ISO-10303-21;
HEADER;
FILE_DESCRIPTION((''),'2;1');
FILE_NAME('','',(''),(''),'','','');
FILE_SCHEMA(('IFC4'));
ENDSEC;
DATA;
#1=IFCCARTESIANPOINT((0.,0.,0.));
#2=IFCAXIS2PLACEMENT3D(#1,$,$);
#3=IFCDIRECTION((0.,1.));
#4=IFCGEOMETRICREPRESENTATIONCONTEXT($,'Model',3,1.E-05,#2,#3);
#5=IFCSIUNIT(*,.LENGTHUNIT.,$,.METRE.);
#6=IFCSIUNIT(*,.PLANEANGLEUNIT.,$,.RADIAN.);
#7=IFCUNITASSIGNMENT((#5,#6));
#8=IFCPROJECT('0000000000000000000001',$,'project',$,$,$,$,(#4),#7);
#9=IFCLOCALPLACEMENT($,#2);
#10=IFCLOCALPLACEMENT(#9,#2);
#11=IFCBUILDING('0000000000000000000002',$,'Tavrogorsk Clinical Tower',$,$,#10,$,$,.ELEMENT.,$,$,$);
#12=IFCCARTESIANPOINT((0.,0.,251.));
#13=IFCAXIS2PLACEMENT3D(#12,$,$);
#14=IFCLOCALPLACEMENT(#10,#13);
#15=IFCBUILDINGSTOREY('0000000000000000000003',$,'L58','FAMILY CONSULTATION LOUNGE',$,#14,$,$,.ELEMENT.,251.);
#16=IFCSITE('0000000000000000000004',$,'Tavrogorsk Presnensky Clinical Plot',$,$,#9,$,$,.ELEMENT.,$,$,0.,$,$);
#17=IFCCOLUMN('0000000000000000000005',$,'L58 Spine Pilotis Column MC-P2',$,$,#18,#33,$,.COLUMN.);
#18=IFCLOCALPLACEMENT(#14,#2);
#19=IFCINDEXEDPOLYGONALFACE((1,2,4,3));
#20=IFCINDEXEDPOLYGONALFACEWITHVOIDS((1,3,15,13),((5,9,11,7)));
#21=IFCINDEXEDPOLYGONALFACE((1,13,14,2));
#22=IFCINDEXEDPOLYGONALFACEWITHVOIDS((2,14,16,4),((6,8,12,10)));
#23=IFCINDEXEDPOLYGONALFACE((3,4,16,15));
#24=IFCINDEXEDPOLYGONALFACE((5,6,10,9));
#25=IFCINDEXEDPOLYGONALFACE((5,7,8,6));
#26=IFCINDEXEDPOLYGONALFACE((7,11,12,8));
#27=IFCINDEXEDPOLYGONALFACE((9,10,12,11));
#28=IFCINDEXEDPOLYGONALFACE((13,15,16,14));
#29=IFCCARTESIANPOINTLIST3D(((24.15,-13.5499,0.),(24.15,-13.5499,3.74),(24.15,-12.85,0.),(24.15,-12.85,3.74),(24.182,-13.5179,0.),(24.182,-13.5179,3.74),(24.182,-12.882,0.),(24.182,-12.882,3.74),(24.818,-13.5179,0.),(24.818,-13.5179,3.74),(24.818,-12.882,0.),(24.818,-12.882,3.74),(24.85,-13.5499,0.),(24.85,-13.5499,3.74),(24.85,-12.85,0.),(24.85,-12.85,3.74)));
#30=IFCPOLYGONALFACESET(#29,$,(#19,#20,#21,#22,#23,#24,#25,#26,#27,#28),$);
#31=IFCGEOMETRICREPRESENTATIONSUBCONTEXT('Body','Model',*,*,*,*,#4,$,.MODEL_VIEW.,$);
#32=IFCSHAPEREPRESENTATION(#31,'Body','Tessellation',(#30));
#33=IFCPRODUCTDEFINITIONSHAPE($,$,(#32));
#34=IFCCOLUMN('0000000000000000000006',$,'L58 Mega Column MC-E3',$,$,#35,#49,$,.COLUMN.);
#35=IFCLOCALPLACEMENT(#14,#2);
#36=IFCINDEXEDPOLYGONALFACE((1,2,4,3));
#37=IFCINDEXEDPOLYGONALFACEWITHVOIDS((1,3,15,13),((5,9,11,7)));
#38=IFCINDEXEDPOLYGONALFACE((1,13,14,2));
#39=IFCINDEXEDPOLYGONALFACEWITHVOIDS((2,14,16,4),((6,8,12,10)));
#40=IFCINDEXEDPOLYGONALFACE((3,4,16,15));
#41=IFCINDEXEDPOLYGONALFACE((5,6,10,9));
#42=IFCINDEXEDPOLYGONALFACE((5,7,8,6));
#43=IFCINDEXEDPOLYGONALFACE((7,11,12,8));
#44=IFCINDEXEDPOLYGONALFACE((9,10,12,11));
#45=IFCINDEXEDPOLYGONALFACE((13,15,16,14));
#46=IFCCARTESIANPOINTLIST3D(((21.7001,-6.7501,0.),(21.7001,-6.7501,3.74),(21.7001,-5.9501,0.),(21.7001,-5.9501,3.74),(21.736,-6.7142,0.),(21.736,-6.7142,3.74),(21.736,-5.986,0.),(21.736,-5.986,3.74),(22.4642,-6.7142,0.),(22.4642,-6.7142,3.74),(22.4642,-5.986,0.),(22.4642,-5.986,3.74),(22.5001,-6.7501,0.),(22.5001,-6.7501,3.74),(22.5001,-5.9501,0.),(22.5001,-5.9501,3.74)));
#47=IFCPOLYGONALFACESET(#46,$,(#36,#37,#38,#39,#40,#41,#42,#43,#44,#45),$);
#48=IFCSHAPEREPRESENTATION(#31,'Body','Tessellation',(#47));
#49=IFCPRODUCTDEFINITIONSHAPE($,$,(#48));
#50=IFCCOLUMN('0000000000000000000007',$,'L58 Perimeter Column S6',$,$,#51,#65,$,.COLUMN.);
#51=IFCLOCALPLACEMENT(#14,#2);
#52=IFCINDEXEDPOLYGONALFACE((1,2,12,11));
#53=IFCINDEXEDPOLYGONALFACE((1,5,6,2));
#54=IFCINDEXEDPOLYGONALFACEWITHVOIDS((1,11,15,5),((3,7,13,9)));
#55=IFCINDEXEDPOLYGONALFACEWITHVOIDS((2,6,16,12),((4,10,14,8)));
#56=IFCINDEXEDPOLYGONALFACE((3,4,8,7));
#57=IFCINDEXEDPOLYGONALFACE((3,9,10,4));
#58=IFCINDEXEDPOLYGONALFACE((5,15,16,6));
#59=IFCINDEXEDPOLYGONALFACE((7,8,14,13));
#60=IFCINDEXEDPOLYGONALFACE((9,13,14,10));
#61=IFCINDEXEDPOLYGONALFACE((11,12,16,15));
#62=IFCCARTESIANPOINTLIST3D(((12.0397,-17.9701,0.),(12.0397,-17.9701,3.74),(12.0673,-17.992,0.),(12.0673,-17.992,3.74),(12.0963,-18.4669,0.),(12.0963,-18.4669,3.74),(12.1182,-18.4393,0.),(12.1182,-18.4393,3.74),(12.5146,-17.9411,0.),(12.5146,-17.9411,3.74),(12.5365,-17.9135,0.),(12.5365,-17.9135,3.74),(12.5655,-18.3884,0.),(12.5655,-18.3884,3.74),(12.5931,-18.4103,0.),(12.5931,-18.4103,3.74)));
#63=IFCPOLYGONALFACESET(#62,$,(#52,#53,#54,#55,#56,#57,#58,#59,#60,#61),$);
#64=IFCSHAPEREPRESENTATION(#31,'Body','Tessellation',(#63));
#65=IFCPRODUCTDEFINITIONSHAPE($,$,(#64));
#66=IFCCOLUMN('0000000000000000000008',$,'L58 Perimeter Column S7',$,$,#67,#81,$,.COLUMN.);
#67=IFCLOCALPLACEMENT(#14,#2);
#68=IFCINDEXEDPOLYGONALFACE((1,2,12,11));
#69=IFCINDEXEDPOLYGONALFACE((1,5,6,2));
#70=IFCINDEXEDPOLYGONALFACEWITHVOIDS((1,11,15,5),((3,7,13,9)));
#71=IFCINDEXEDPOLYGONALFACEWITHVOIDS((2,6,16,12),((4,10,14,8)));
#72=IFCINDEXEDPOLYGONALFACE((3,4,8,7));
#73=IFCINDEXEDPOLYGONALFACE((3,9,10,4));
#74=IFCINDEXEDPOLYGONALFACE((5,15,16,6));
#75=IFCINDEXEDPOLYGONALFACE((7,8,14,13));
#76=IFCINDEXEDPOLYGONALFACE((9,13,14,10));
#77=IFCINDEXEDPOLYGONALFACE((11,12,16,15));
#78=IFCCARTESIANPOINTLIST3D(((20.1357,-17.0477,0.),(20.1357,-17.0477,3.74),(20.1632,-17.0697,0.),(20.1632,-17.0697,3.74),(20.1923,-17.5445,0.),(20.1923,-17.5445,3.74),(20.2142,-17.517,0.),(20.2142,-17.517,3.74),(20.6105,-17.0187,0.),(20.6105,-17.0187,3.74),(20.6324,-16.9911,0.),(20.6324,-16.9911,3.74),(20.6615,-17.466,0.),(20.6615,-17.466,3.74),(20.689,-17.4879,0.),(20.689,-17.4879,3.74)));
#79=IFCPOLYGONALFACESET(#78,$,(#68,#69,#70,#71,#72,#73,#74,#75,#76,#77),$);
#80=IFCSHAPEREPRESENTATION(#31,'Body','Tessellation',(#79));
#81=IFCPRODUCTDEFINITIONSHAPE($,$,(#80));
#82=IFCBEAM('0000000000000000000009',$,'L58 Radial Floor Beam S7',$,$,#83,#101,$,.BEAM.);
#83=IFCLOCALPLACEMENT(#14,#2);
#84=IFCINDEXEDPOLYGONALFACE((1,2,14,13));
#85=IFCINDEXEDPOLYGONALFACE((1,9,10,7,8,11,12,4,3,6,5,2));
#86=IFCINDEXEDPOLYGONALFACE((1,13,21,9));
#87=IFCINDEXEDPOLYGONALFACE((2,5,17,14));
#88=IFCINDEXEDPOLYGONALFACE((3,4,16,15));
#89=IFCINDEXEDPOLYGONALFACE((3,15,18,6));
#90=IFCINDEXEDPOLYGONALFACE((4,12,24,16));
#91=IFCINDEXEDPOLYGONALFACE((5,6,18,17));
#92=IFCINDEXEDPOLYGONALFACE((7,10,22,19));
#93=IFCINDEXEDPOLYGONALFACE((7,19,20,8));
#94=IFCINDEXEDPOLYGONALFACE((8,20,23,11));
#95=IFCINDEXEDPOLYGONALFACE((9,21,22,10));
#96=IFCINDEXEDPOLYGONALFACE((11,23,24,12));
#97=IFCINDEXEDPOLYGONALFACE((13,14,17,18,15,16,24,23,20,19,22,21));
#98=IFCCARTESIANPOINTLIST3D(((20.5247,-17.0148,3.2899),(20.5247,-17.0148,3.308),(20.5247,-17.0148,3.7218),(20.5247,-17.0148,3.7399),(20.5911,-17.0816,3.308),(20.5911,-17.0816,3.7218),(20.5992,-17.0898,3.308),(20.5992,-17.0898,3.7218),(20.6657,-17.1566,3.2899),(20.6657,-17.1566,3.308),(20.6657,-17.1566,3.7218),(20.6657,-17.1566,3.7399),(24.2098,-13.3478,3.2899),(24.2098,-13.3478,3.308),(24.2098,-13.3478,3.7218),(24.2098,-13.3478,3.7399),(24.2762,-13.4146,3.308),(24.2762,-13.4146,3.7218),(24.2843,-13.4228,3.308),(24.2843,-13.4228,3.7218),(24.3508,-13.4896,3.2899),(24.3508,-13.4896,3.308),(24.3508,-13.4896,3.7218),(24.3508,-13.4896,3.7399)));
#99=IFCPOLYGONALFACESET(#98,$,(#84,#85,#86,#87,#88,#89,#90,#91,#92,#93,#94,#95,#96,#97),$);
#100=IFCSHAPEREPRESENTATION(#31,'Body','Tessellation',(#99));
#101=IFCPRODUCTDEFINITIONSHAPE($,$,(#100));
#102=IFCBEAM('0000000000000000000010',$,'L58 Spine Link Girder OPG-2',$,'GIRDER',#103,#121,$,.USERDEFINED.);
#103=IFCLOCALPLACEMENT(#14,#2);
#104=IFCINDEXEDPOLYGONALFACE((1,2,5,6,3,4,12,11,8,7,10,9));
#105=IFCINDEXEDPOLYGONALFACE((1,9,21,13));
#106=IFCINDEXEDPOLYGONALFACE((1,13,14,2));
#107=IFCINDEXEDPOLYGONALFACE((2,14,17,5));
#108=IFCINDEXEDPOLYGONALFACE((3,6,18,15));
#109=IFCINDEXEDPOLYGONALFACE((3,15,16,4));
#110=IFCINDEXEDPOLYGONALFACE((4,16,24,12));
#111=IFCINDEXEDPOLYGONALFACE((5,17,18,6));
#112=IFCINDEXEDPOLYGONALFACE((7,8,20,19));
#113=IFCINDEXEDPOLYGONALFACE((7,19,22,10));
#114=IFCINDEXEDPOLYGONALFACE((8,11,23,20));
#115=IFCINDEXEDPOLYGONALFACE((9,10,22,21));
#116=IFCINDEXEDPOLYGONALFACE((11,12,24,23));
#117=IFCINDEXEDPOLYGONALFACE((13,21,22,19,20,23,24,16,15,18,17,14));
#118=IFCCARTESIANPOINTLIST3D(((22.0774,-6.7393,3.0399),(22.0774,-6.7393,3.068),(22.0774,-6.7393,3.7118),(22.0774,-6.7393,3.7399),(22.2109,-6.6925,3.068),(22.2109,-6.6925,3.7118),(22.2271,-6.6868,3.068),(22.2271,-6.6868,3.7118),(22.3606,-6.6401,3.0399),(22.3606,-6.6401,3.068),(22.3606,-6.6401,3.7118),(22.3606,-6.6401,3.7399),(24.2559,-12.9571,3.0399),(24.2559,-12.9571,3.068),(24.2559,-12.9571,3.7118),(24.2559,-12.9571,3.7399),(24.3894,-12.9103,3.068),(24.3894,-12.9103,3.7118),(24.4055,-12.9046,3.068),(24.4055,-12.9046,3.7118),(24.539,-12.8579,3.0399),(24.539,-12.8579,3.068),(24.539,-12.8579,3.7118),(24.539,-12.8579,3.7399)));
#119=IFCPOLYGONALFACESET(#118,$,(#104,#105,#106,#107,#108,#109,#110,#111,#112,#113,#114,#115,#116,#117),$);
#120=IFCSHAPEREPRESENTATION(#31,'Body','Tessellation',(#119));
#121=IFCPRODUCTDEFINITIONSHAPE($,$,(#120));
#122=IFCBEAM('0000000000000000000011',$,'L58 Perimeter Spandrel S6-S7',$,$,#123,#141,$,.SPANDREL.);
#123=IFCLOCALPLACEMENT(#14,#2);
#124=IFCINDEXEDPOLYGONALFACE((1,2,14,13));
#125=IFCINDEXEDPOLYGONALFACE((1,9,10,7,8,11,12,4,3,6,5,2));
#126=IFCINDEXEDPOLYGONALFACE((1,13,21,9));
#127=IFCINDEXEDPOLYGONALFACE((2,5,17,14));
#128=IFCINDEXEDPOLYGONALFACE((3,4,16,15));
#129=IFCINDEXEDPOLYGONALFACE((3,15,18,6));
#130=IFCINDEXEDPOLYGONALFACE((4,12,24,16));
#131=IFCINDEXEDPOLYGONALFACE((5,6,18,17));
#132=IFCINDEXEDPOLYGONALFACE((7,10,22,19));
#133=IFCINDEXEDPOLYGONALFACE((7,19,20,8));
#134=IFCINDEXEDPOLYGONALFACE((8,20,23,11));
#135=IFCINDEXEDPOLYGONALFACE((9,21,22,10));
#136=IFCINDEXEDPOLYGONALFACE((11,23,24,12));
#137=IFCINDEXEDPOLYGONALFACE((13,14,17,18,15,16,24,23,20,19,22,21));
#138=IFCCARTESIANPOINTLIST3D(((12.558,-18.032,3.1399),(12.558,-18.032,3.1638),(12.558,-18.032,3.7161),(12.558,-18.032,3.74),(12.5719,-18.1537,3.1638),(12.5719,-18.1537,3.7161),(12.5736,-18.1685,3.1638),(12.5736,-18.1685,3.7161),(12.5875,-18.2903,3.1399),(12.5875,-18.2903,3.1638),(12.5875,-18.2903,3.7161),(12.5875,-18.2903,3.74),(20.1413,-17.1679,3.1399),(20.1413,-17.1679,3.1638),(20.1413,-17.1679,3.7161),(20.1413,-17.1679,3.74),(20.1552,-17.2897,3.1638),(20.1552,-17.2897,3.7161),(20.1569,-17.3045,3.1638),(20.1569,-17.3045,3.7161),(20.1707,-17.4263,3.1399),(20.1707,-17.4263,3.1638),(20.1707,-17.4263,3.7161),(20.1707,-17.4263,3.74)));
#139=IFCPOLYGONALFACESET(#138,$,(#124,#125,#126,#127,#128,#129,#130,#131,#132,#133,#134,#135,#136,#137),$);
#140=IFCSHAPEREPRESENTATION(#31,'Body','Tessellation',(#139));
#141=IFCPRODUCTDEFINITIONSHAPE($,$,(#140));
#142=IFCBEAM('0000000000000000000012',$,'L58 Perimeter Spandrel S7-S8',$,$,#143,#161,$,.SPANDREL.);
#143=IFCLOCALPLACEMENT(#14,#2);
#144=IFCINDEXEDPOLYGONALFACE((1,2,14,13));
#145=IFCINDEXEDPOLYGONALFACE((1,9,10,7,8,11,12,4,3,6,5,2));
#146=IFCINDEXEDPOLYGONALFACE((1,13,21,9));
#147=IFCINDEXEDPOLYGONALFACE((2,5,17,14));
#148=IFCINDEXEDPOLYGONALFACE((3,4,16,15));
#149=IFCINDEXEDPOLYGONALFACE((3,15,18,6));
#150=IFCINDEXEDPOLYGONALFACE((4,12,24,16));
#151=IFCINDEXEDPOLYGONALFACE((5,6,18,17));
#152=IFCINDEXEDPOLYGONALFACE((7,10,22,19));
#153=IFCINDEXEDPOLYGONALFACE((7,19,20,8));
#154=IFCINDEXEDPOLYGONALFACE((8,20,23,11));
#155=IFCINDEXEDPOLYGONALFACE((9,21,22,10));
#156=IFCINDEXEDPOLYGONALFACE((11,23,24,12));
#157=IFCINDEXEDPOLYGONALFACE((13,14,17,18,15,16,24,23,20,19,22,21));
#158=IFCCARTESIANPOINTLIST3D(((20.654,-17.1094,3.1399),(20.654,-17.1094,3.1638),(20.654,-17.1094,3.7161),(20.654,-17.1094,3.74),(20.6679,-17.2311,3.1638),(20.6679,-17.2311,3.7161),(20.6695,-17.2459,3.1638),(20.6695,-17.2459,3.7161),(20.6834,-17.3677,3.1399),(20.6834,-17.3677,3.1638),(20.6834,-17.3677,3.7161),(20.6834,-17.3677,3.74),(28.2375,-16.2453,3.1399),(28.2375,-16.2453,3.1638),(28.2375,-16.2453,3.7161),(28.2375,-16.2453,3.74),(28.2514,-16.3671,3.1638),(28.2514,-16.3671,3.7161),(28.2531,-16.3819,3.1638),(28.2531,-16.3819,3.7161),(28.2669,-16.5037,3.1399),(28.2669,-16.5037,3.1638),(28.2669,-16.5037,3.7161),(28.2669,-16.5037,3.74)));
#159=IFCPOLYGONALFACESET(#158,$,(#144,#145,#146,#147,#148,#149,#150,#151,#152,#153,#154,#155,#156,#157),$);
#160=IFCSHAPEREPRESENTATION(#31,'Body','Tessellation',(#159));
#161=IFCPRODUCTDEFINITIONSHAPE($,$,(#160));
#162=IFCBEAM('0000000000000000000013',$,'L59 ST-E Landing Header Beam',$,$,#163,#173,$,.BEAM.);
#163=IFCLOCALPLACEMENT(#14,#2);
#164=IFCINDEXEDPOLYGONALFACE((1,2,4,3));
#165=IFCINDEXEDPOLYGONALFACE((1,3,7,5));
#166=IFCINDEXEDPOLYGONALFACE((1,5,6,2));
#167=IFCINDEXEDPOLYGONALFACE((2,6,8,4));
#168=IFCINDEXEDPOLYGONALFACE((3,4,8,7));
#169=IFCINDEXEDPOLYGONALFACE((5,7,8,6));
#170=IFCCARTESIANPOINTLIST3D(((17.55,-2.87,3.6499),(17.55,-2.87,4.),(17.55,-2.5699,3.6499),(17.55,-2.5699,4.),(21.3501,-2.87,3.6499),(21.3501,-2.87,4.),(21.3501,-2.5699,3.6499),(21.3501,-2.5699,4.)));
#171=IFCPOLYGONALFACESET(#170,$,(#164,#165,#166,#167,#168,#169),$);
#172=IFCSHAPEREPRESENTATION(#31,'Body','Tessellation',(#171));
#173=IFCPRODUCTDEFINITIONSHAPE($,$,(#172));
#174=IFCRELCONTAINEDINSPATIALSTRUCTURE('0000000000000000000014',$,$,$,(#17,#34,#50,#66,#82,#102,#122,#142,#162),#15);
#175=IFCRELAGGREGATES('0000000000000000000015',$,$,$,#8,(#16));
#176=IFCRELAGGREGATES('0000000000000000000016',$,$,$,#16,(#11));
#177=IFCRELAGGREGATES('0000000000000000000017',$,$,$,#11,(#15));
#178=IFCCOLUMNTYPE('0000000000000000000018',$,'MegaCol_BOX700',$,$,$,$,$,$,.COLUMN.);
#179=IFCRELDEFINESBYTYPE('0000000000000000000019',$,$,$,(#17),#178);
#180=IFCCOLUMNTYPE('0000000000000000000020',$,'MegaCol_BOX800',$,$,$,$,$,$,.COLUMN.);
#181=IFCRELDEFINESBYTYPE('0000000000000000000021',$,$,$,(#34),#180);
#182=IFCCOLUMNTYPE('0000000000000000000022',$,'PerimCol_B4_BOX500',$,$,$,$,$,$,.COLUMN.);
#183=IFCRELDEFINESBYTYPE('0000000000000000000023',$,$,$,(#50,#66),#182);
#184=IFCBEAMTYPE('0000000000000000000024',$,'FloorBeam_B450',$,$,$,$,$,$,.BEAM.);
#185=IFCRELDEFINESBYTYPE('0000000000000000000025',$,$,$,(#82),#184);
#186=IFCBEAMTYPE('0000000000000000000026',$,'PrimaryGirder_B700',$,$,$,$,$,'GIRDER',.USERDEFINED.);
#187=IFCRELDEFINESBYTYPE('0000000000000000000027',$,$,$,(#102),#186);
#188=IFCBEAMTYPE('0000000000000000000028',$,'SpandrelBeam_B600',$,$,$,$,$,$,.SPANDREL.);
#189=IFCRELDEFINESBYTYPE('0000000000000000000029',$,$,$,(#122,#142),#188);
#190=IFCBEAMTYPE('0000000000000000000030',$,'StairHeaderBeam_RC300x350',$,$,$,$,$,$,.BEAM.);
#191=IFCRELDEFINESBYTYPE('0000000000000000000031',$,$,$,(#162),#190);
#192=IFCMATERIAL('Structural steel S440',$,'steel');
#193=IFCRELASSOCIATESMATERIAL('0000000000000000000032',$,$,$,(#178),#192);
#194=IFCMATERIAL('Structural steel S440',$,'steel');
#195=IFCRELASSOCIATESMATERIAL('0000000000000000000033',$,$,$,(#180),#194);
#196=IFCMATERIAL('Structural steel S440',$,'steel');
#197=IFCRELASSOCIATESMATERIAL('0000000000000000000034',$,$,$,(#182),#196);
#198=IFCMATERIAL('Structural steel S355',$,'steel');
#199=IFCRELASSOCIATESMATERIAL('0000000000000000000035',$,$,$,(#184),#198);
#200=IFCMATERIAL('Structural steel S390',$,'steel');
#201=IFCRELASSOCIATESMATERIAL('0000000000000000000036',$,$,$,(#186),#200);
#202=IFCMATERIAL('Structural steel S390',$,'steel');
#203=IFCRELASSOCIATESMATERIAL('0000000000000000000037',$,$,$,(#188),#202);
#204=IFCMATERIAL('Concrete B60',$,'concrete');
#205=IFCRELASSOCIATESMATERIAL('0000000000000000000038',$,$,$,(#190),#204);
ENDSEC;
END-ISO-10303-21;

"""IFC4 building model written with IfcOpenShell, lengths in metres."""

from ifc_helpers import new_model, si_unit, direction, frame, origin, origin_2d, place, context, subcontext, project, spatial, rectangle, hollow_rectangle, i_section, extrude, material, material_profile, profile_set, type_object, element, save


model = new_model("IFC4")

# Units and contexts
model_context = context("Model", 3, precision=1e-05, world=origin(), true_north=direction((0.0, 1.0)))
body_context = subcontext(model_context, "Body", "Model", "MODEL_VIEW")
ifc_project = project(units=[si_unit("LENGTHUNIT", "METRE"), si_unit("PLANEANGLEUNIT", "RADIAN")], contexts=[model_context])

# Site, building, storey
site_placement = place(None, origin())
site = spatial("IfcSite", under=ifc_project, at=site_placement, Name="Tavrogorsk Presnensky Clinical Plot", CompositionType="ELEMENT", RefElevation=0.0)
building_placement = place(site_placement, origin())
building = spatial("IfcBuilding", under=site, at=building_placement, Name="Tavrogorsk Clinical Tower", CompositionType="ELEMENT")
storey_placement = place(building_placement, frame((0.0, 0.0, 251.0)))
storey = spatial("IfcBuildingStorey", under=building, at=storey_placement, Name="L58", Description="FAMILY CONSULTATION LOUNGE", CompositionType="ELEMENT", Elevation=251.0)

# Columns
ifc_material_1 = material(Name="Structural steel S440", Category="steel")
ifc_material_profile_1 = material_profile(ifc_material_1, hollow_rectangle(XDim=0.7, YDim=0.7, WallThickness=0.032, at=origin_2d()), Name="BOX-700x700x32")
ifc_profile_set_1 = profile_set([ifc_material_profile_1], Name="Structural steel S440")
column_type_1 = type_object("IfcColumnType", Name="MegaCol_BOX700", PredefinedType="COLUMN", material=ifc_profile_set_1)
column_1_placement = place(storey_placement, frame((24.5, -13.2, 0.0), z_axis=(0.0, 0.0, 1.0), x_axis=(1.0, 0.0, 0.0)))
element("IfcColumn", 1, at=column_1_placement, inside=storey, type_object=column_type_1, Name="L58 Spine Pilotis Column MC-P2", PredefinedType="COLUMN", context=body_context, shape_type="SweptSolid", body=[
    extrude(hollow_rectangle(XDim=0.7, YDim=0.7, WallThickness=0.032, at=origin_2d()), origin(), (0.0, 0.0, 1.0), 3.74),
])
ifc_material_2 = material(Name="Structural steel S440", Category="steel")
ifc_material_profile_2 = material_profile(ifc_material_2, hollow_rectangle(XDim=0.8, YDim=0.8, WallThickness=0.0359, at=origin_2d()), Name="BOX-800x800x36")
ifc_profile_set_2 = profile_set([ifc_material_profile_2], Name="Structural steel S440")
column_type_2 = type_object("IfcColumnType", Name="MegaCol_BOX800", PredefinedType="COLUMN", material=ifc_profile_set_2)
column_2_placement = place(storey_placement, frame((22.1001, -6.3501, 0.0), z_axis=(0.0, 0.0, 1.0), x_axis=(1.0, 0.0, 0.0)))
element("IfcColumn", 2, at=column_2_placement, inside=storey, type_object=column_type_2, Name="L58 Mega Column MC-E3", PredefinedType="COLUMN", context=body_context, shape_type="SweptSolid", body=[
    extrude(hollow_rectangle(XDim=0.8, YDim=0.8, WallThickness=0.0359, at=origin_2d()), origin(), (0.0, 0.0, 1.0), 3.74),
])
ifc_material_3 = material(Name="Structural steel S440", Category="steel")
ifc_material_profile_3 = material_profile(ifc_material_3, hollow_rectangle(XDim=0.5, YDim=0.5, WallThickness=0.0249, at=origin_2d()), Name="BOX-500x500x25")
ifc_profile_set_3 = profile_set([ifc_material_profile_3], Name="Structural steel S440")
column_type_3 = type_object("IfcColumnType", Name="PerimCol_B4_BOX500", PredefinedType="COLUMN", material=ifc_profile_set_3)
for number, where, z_axis, x_axis, name in (
    (3, (12.3164, -18.1902, 0.0), (0.0, 0.0, 1.0), (0.993572, 0.113203, 0.0), "L58 Perimeter Column S6"),
    (4, (20.4124, -17.2678, 0.0), (0.0, 0.0, 1.0), (0.993572, 0.113203, 0.0), "L58 Perimeter Column S7"),
):
    element("IfcColumn", number, at=place(storey_placement, frame(where, z_axis=z_axis, x_axis=x_axis)), inside=storey, type_object=column_type_3, Name=name, PredefinedType="COLUMN", context=body_context, shape_type="SweptSolid", body=[
        extrude(hollow_rectangle(XDim=0.5, YDim=0.5, WallThickness=0.0249, at=origin_2d()), origin(), (0.0, 0.0, 1.0), 3.74),
    ])

# Beams
ifc_material_4 = material(Name="Structural steel S355", Category="steel")
ifc_material_profile_4 = material_profile(ifc_material_4, i_section(OverallWidth=0.2, OverallDepth=0.45, WebThickness=0.0115, FlangeThickness=0.0181, at=origin_2d()), Name="B-450x200x11.5x18")
ifc_profile_set_4 = profile_set([ifc_material_profile_4], Name="Structural steel S355")
beam_type_1 = type_object("IfcBeamType", Name="FloorBeam_B450", PredefinedType="BEAM", material=ifc_profile_set_4)
beam_1_placement = place(storey_placement, frame((24.2803, -13.4187, 3.5149), z_axis=(-0.708842, -0.705367, 0.0), x_axis=(0.705367, -0.708842, 0.0)))
element("IfcBeam", 5, at=beam_1_placement, inside=storey, type_object=beam_type_1, Name="L58 Radial Floor Beam S7", PredefinedType="BEAM", context=body_context, shape_type="SweptSolid", body=[
    extrude(i_section(OverallWidth=0.2, OverallDepth=0.45, WebThickness=0.0115, FlangeThickness=0.0181, at=origin_2d()), origin(), (0.0, 0.0, 1.0), 5.1987),
])
ifc_material_5 = material(Name="Structural steel S390", Category="steel")
ifc_material_profile_5 = material_profile(ifc_material_5, i_section(OverallWidth=0.3, OverallDepth=0.7, WebThickness=0.0171, FlangeThickness=0.0281, at=origin_2d()), Name="B-700x300x17x28")
ifc_profile_set_5 = profile_set([ifc_material_profile_5], Name="Structural steel S390")
beam_type_2 = type_object("IfcBeamType", Name="PrimaryGirder_B700", ElementType="GIRDER", PredefinedType="USERDEFINED", material=ifc_profile_set_5)
beam_2_placement = place(storey_placement, frame((24.3975, -12.9075, 3.3899), z_axis=(-0.330654, 0.943752, 0.0), x_axis=(-0.943752, -0.330654, 0.0)))
element("IfcBeam", 6, at=beam_2_placement, inside=storey, type_object=beam_type_2, Name="L58 Spine Link Girder OPG-2", ObjectType="GIRDER", PredefinedType="USERDEFINED", context=body_context, shape_type="SweptSolid", body=[
    extrude(i_section(OverallWidth=0.3, OverallDepth=0.7, WebThickness=0.0171, FlangeThickness=0.0281, at=origin_2d()), origin(), (0.0, 0.0, 1.0), 6.5884),
])
ifc_material_6 = material(Name="Structural steel S390", Category="steel")
ifc_material_profile_6 = material_profile(ifc_material_6, i_section(OverallWidth=0.26, OverallDepth=0.6001, WebThickness=0.0149, FlangeThickness=0.0239, at=origin_2d()), Name="B-600x260x15x24")
ifc_profile_set_6 = profile_set([ifc_material_profile_6], Name="Structural steel S390")
beam_type_3 = type_object("IfcBeamType", Name="SpandrelBeam_B600", PredefinedType="SPANDREL", material=ifc_profile_set_6)
beam_3_placement = place(storey_placement, frame((12.5728, -18.1611, 3.4399), z_axis=(0.993572, 0.113205, 0.0), x_axis=(-0.113205, 0.993572, 0.0)))
element("IfcBeam", 7, at=beam_3_placement, inside=storey, type_object=beam_type_3, Name="L58 Perimeter Spandrel S6-S7", PredefinedType="SPANDREL", context=body_context, shape_type="SweptSolid", body=[
    extrude(i_section(OverallWidth=0.26, OverallDepth=0.6001, WebThickness=0.0149, FlangeThickness=0.0239, at=origin_2d()), origin(), (0.0, 0.0, 1.0), 7.6323),
])
beam_4_placement = place(storey_placement, frame((20.6687, -17.2385, 3.4399), z_axis=(0.993572, 0.113201, 0.0), x_axis=(-0.113201, 0.993572, 0.0)))
element("IfcBeam", 8, at=beam_4_placement, inside=storey, type_object=beam_type_3, Name="L58 Perimeter Spandrel S7-S8", PredefinedType="SPANDREL", context=body_context, shape_type="SweptSolid", body=[
    extrude(i_section(OverallWidth=0.26, OverallDepth=0.6001, WebThickness=0.0149, FlangeThickness=0.0239, at=origin_2d()), origin(), (0.0, 0.0, 1.0), 7.6326),
])
ifc_material_7 = material(Name="Concrete B60", Category="concrete")
ifc_material_profile_7 = material_profile(ifc_material_7, rectangle(XDim=0.3, YDim=0.3501, at=origin_2d()), Name="RC-SHB-300x350")
ifc_profile_set_7 = profile_set([ifc_material_profile_7], Name="Concrete B60")
beam_type_4 = type_object("IfcBeamType", Name="StairHeaderBeam_RC300x350", PredefinedType="BEAM", material=ifc_profile_set_7)
beam_5_placement = place(storey_placement, frame((17.55, -2.72, 3.825), z_axis=(1.0, 0.0, 0.0), x_axis=(0.0, 1.0, 0.0)))
element("IfcBeam", 9, at=beam_5_placement, inside=storey, type_object=beam_type_4, Name="L59 ST-E Landing Header Beam", PredefinedType="BEAM", context=body_context, shape_type="SweptSolid", body=[
    extrude(rectangle(XDim=0.3, YDim=0.3501, at=origin_2d()), origin(), (0.0, 0.0, 1.0), 3.8),
])

save(model, "model.ifc")
